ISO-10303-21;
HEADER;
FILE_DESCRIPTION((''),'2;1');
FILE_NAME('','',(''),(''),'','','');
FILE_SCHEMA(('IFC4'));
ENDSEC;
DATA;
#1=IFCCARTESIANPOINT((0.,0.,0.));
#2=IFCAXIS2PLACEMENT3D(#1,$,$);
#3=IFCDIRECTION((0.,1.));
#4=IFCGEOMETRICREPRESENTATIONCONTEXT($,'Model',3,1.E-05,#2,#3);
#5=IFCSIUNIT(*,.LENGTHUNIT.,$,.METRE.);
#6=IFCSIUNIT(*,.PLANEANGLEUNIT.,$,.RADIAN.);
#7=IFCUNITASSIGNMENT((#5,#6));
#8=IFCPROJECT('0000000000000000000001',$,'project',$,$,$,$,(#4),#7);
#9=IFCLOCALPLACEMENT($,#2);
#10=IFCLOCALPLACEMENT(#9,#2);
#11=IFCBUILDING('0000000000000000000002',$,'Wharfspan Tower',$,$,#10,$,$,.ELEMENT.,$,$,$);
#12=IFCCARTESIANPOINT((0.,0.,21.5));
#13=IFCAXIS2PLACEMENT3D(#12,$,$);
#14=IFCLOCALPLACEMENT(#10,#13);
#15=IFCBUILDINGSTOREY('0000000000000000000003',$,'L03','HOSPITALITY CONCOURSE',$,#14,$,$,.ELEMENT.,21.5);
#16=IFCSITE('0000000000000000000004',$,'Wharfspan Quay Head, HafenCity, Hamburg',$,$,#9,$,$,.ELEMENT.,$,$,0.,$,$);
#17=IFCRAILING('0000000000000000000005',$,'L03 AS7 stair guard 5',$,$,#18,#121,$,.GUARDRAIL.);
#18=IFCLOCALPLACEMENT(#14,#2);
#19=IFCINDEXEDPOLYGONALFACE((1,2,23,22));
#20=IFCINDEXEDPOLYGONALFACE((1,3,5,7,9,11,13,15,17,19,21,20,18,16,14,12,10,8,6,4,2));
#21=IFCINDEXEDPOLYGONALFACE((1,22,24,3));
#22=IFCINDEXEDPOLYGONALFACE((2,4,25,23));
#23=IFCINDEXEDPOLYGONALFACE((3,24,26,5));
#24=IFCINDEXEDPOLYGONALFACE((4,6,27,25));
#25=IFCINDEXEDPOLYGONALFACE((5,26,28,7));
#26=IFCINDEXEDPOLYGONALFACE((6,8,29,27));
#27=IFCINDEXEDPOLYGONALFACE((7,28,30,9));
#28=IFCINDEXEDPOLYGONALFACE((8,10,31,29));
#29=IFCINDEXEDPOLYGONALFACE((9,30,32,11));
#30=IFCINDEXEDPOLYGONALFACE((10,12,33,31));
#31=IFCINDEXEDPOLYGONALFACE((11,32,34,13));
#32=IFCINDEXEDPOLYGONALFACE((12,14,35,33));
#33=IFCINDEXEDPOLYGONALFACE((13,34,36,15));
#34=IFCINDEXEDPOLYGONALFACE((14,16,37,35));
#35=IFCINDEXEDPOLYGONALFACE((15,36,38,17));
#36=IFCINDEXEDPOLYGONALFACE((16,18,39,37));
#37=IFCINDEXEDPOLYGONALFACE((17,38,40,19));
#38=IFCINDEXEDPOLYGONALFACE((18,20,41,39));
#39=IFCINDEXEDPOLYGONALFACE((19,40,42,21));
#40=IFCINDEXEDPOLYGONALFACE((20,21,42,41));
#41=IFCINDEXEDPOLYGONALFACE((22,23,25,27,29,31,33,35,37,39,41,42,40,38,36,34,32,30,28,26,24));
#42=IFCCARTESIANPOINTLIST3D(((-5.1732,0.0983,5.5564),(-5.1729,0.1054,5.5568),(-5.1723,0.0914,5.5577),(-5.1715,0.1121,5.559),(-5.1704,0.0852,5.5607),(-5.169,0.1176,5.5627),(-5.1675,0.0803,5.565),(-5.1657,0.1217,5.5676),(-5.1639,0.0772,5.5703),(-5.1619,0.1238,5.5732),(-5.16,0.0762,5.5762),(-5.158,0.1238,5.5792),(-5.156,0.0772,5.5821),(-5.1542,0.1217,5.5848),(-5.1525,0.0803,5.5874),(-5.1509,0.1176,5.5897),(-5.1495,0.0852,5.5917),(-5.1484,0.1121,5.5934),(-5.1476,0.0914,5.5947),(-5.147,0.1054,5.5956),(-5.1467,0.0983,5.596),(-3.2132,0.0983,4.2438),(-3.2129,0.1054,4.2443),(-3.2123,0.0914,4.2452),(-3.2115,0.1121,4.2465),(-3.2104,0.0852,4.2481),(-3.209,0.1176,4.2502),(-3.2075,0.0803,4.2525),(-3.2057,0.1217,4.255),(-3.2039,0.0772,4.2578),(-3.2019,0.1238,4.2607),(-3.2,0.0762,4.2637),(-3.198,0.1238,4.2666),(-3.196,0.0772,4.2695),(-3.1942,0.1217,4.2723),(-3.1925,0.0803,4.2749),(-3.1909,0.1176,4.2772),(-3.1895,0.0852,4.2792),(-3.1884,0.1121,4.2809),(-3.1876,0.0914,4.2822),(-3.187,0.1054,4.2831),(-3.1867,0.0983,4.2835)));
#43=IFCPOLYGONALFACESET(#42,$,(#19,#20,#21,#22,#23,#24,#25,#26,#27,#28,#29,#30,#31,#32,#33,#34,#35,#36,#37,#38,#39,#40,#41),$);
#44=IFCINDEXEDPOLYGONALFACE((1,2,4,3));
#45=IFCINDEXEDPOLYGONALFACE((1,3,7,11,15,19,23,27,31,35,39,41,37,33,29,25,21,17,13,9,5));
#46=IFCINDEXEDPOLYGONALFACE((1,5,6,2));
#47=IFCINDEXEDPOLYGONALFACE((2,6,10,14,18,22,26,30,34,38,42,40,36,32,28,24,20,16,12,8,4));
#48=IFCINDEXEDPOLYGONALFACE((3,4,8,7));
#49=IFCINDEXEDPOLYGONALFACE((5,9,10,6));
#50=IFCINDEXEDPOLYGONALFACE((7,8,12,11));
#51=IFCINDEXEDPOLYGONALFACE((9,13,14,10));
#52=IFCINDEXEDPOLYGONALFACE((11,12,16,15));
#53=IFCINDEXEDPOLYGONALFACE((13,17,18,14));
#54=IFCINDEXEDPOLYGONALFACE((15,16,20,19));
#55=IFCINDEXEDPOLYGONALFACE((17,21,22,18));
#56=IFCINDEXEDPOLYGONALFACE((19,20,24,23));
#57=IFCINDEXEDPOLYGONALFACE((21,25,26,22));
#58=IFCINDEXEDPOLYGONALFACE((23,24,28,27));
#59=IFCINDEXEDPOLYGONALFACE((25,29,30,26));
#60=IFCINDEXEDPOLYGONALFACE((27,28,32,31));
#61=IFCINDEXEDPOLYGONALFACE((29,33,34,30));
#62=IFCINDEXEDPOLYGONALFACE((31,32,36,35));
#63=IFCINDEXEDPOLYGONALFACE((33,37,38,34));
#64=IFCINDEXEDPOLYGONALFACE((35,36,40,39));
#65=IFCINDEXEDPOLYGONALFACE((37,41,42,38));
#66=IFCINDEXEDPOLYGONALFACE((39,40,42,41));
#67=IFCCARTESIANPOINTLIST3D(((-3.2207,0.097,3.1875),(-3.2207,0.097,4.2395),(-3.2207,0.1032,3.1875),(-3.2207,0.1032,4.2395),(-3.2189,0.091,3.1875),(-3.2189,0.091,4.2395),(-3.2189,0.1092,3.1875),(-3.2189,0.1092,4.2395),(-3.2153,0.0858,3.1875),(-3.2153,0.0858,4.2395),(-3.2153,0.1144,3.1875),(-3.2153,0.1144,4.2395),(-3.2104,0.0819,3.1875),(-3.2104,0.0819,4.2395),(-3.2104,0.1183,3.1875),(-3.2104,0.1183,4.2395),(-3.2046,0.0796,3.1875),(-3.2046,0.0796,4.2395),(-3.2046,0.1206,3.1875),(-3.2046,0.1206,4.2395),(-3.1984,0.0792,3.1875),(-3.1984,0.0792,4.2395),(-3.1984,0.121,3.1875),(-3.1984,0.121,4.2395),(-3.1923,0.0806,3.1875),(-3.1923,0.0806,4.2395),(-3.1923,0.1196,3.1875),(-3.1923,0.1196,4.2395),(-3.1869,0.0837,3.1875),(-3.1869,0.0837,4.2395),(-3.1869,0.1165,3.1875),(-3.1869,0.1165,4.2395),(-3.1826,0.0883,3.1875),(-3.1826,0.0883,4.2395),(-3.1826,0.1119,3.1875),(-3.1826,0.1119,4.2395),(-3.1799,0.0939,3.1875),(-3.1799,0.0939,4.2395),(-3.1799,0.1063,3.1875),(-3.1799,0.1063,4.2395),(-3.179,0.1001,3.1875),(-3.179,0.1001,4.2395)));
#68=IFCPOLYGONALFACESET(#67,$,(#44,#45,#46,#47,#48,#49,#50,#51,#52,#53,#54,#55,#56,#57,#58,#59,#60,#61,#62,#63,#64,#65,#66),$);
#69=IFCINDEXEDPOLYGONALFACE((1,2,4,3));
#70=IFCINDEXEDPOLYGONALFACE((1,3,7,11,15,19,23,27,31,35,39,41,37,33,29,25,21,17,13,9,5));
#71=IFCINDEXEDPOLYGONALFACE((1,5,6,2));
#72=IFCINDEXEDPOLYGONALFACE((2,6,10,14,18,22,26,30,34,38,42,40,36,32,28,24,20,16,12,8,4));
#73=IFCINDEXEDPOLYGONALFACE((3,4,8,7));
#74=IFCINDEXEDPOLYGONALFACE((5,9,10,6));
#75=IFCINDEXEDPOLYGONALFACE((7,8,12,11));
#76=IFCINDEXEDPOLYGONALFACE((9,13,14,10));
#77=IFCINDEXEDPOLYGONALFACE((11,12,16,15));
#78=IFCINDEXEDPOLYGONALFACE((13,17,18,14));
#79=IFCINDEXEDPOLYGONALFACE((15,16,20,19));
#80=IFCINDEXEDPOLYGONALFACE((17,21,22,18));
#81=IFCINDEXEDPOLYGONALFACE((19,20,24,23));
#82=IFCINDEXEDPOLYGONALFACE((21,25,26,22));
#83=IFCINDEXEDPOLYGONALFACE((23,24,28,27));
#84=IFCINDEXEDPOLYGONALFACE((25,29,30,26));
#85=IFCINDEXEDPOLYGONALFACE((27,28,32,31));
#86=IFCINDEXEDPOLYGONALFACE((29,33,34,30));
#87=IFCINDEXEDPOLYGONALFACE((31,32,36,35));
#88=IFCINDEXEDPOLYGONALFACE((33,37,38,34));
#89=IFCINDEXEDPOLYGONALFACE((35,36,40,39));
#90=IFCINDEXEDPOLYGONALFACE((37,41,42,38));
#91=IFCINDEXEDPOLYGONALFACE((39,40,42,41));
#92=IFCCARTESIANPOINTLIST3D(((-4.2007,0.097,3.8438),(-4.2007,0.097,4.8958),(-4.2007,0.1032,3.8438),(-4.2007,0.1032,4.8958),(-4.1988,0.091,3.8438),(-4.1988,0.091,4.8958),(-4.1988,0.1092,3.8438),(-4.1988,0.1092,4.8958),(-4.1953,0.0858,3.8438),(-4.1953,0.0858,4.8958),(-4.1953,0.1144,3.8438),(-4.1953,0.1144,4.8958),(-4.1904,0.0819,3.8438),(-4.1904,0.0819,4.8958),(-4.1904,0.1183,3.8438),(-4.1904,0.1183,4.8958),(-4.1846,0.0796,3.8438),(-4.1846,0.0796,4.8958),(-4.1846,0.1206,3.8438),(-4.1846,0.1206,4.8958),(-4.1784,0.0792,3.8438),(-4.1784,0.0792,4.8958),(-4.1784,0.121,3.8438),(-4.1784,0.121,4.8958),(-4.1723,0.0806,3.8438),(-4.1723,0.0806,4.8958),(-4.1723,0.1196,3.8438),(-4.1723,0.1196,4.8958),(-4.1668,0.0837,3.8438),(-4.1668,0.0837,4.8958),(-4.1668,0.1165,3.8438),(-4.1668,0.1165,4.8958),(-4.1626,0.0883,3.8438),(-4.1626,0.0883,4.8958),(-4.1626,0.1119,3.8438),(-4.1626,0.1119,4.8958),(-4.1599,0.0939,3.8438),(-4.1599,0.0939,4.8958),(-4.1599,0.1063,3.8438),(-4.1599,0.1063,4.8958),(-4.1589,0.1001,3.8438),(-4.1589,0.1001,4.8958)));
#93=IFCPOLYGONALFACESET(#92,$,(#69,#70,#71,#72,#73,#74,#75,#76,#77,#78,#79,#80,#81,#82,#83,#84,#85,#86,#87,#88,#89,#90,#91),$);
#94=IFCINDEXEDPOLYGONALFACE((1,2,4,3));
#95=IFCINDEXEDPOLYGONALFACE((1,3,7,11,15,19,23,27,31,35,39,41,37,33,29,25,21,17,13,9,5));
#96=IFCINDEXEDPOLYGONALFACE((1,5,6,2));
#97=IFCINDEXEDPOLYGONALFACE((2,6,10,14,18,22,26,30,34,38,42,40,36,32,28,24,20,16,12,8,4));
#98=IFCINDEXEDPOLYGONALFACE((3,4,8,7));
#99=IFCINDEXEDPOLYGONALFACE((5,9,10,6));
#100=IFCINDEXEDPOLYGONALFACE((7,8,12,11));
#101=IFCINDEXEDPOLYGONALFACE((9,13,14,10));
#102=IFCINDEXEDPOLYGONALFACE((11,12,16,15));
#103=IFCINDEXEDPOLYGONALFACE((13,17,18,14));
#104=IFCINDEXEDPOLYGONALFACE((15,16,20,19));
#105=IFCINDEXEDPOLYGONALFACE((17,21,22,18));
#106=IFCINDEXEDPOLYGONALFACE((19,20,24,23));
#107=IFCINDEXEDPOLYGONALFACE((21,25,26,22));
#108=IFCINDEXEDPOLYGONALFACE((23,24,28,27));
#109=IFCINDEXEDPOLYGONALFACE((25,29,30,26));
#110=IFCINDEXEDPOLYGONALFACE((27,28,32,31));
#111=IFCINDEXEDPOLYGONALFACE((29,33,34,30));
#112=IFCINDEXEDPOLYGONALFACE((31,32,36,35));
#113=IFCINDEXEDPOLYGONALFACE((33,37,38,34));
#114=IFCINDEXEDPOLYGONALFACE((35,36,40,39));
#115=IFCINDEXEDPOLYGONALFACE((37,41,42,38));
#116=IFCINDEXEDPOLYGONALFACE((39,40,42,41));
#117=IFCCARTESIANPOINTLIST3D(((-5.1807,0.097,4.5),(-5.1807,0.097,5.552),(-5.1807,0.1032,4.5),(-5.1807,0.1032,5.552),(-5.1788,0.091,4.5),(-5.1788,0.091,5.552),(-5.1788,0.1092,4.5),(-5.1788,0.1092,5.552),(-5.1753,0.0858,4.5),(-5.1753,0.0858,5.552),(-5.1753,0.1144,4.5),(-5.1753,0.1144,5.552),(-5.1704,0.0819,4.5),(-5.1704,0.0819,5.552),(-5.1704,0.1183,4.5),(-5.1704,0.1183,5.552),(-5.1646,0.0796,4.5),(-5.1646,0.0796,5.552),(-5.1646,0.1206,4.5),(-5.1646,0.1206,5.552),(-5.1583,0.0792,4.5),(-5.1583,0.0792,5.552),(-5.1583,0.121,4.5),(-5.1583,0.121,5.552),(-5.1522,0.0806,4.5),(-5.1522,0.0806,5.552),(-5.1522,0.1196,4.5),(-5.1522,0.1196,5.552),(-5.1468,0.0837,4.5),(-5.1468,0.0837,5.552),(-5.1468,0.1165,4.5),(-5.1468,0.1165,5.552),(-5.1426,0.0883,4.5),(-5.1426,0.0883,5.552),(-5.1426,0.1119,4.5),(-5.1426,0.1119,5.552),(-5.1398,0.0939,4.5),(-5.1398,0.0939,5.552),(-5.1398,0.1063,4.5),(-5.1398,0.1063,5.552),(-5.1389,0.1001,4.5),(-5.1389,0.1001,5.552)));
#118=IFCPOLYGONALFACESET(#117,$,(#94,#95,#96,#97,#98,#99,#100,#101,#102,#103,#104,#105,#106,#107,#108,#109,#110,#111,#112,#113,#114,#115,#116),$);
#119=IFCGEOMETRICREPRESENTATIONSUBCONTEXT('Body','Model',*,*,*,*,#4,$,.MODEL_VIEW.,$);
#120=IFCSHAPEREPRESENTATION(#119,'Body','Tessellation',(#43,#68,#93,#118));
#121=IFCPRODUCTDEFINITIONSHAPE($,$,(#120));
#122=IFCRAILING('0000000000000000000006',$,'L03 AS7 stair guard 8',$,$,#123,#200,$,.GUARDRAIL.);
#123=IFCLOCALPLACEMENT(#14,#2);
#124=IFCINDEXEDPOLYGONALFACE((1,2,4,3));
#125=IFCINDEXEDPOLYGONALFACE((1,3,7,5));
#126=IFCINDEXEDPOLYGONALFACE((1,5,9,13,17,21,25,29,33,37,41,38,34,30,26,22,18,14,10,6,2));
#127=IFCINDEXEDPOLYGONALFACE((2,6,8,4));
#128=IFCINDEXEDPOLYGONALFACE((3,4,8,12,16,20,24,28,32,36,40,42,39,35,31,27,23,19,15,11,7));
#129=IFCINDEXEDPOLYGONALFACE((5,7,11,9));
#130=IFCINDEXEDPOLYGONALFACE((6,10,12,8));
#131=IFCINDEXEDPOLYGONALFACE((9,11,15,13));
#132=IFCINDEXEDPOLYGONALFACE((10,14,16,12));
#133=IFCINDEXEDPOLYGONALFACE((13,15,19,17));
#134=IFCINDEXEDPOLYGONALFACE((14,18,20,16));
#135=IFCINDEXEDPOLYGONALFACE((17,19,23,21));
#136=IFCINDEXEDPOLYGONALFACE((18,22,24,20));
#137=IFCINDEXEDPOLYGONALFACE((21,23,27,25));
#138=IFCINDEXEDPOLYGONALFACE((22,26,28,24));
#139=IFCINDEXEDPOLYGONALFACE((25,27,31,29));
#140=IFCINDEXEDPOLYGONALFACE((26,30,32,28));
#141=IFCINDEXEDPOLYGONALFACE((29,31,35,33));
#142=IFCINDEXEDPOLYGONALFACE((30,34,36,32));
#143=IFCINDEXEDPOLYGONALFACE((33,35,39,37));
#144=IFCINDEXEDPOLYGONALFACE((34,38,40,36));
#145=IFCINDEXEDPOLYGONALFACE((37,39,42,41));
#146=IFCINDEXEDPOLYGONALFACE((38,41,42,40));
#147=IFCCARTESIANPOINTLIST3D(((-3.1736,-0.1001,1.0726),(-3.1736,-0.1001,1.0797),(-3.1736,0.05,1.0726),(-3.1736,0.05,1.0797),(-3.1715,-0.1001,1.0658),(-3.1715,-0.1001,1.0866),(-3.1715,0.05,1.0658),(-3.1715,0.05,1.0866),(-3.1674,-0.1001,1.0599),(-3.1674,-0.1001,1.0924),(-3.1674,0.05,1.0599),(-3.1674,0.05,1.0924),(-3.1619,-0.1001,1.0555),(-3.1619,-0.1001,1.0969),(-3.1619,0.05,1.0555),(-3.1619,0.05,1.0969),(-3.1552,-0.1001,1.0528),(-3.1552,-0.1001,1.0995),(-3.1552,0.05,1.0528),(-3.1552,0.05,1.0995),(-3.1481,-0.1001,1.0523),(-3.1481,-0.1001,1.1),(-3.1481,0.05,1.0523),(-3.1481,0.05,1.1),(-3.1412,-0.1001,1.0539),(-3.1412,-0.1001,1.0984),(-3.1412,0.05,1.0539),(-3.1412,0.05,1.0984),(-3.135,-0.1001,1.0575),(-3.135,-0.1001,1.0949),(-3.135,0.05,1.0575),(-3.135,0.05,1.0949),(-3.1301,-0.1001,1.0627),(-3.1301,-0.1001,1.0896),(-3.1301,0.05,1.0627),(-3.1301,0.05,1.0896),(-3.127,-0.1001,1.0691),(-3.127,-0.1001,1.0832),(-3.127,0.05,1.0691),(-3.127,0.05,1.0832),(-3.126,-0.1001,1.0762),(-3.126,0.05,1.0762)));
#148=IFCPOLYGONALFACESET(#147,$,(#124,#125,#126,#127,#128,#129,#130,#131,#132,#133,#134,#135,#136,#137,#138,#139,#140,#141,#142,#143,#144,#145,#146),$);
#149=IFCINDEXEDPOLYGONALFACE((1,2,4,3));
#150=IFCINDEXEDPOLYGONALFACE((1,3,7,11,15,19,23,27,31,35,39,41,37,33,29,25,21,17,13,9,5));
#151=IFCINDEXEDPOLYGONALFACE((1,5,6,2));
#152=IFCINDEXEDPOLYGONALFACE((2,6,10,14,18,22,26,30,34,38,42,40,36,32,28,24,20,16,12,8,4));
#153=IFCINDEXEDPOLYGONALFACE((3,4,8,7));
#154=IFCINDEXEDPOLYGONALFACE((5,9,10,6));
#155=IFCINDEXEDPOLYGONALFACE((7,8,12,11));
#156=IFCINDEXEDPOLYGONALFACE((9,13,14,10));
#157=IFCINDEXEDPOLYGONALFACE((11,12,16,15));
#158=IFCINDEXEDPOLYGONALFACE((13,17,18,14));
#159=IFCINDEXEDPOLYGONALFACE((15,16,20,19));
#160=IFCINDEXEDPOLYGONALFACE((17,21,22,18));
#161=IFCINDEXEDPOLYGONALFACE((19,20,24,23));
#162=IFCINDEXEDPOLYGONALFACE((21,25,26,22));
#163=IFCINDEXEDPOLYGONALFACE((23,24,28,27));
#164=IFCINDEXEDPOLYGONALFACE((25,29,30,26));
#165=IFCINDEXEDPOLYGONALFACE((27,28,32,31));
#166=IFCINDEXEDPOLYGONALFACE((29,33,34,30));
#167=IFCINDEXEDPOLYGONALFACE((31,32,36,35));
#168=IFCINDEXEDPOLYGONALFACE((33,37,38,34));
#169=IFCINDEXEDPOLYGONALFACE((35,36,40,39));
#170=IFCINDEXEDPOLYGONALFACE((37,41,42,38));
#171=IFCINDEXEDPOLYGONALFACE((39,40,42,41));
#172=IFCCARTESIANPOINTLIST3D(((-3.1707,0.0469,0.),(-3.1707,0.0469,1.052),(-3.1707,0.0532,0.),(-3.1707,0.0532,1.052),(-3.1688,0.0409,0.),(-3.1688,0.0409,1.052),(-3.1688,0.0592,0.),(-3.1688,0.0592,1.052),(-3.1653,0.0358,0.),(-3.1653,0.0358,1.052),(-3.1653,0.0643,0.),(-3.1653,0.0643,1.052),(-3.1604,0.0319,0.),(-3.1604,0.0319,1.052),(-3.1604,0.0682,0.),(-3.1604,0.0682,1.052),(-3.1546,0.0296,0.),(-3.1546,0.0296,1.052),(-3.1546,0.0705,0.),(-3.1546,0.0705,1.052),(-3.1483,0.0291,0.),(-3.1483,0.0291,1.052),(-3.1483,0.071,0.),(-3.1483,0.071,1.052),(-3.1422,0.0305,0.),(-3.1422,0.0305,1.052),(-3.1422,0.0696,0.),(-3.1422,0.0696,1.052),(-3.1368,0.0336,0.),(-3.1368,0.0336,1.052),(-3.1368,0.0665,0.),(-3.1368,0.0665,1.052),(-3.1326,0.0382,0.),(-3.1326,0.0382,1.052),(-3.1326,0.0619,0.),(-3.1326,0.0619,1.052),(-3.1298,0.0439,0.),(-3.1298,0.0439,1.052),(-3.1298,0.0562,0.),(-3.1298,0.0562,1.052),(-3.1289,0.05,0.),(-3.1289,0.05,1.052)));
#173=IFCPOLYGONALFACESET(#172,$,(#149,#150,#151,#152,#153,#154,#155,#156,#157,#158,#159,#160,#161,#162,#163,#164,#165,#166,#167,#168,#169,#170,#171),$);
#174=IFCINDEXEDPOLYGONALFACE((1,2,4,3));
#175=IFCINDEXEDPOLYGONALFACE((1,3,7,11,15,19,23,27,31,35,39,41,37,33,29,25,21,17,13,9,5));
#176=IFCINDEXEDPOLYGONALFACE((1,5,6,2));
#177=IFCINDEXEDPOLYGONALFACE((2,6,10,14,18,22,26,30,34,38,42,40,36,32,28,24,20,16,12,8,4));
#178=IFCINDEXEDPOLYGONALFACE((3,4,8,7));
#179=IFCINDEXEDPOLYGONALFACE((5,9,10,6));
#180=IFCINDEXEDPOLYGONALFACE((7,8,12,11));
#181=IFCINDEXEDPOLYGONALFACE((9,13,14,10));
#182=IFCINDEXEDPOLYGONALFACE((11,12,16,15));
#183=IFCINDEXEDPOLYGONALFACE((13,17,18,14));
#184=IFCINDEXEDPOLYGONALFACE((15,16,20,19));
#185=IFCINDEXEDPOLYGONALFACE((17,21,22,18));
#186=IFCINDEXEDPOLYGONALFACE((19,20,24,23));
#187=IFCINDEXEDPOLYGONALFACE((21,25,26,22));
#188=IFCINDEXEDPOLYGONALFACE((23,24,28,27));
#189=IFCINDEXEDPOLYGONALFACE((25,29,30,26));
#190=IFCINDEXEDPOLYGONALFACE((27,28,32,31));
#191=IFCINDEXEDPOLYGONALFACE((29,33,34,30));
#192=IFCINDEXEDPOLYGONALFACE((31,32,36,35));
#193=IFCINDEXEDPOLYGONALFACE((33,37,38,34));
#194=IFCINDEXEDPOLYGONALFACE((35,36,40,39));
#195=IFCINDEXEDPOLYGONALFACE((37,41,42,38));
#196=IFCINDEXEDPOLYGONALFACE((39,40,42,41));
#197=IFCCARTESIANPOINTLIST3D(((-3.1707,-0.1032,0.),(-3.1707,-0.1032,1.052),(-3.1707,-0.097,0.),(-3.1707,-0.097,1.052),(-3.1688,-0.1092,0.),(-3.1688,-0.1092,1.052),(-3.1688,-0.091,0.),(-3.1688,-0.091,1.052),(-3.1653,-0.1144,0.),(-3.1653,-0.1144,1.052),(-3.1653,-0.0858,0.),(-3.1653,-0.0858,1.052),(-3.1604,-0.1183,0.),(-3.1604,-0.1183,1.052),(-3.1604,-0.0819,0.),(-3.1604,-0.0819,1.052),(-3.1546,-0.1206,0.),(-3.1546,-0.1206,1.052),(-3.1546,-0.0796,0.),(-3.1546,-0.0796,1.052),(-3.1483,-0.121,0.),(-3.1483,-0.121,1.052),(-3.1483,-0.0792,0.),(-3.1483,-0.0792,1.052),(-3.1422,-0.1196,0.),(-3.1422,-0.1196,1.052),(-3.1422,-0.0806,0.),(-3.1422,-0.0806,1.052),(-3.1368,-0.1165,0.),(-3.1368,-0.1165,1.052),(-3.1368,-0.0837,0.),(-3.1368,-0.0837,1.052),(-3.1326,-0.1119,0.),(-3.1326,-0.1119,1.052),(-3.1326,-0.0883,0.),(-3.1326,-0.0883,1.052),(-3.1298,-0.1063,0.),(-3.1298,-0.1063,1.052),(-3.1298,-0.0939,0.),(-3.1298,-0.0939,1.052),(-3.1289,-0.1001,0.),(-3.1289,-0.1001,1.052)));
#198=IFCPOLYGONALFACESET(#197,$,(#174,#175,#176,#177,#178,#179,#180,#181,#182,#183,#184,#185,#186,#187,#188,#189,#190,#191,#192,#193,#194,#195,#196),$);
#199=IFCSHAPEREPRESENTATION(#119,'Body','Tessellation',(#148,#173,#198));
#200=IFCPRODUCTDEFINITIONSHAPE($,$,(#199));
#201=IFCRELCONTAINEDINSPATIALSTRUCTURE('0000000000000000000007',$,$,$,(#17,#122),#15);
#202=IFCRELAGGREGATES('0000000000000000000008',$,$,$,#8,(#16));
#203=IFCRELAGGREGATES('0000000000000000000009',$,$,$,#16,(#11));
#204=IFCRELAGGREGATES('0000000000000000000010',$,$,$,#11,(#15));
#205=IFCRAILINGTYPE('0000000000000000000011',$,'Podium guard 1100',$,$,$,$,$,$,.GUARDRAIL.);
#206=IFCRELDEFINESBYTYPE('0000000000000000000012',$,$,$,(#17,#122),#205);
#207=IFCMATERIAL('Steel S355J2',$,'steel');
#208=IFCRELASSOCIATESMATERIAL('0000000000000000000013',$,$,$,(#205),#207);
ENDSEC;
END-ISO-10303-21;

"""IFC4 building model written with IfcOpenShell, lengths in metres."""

from ifc_helpers import new_model, si_unit, direction, frame, origin, origin_2d, place, context, subcontext, project, spatial, circle, extrude, material, type_object, element, save


model = new_model("IFC4")

# Units and contexts
model_context = context("Model", 3, precision=1e-05, world=origin(), true_north=direction((0.0, 1.0)))
body_context = subcontext(model_context, "Body", "Model", "MODEL_VIEW")
ifc_project = project(units=[si_unit("LENGTHUNIT", "METRE"), si_unit("PLANEANGLEUNIT", "RADIAN")], contexts=[model_context])

# Site, building, storey
site_placement = place(None, origin())
site = spatial("IfcSite", under=ifc_project, at=site_placement, Name="Wharfspan Quay Head, HafenCity, Hamburg", CompositionType="ELEMENT", RefElevation=0.0)
building_placement = place(site_placement, origin())
building = spatial("IfcBuilding", under=site, at=building_placement, Name="Wharfspan Tower", CompositionType="ELEMENT")
storey_placement = place(building_placement, frame((0.0, 0.0, 21.5)))
storey = spatial("IfcBuildingStorey", under=building, at=storey_placement, Name="L03", Description="HOSPITALITY CONCOURSE", CompositionType="ELEMENT", Elevation=21.5)

# Railings
ifc_material_1 = material(Name="Steel S355J2", Category="steel")
railing_type_1 = type_object("IfcRailingType", Name="Podium guard 1100", PredefinedType="GUARDRAIL", material=ifc_material_1)
railing_1_placement = place(storey_placement, frame((-3.2, 0.1001, 3.1875)))
element("IfcRailing", 1, at=railing_1_placement, inside=storey, type_object=railing_type_1, Name="L03 AS7 stair guard 5", PredefinedType="GUARDRAIL", context=body_context, shape_type="SweptSolid", body=[
    extrude(circle(Radius=0.0239, at=origin_2d()), frame((0.0, 0.0, 1.0762), z_axis=(-0.830902, 0.0, 0.556419), x_axis=(0.0, -1.0, 0.0)), (0.0, 0.0, 1.0), 2.3589),
    extrude(circle(Radius=0.021, at=origin_2d()), origin(), (0.0, 0.0, 1.0), 1.052),
    extrude(circle(Radius=0.021, at=origin_2d()), frame((-0.98, 0.0, 0.6562)), (0.0, 0.0, 1.0), 1.052),
    extrude(circle(Radius=0.021, at=origin_2d()), frame((-1.96, 0.0, 1.3125)), (0.0, 0.0, 1.0), 1.052),
])
railing_2_placement = place(storey_placement, frame((-3.1499, 0.05, 0.0)))
element("IfcRailing", 2, at=railing_2_placement, inside=storey, type_object=railing_type_1, Name="L03 AS7 stair guard 8", PredefinedType="GUARDRAIL", context=body_context, shape_type="SweptSolid", body=[
    extrude(circle(Radius=0.0239, at=origin_2d()), frame((0.0, 0.0, 1.0762), z_axis=(0.0, -1.0, 0.0), x_axis=(1.0, 0.0, 0.0)), (0.0, 0.0, 1.0), 0.1501),
    extrude(circle(Radius=0.021, at=origin_2d()), origin(), (0.0, 0.0, 1.0), 1.052),
    extrude(circle(Radius=0.021, at=origin_2d()), frame((0.0, -0.1501, 0.0)), (0.0, 0.0, 1.0), 1.052),
])

save(model, "model.ifc")
